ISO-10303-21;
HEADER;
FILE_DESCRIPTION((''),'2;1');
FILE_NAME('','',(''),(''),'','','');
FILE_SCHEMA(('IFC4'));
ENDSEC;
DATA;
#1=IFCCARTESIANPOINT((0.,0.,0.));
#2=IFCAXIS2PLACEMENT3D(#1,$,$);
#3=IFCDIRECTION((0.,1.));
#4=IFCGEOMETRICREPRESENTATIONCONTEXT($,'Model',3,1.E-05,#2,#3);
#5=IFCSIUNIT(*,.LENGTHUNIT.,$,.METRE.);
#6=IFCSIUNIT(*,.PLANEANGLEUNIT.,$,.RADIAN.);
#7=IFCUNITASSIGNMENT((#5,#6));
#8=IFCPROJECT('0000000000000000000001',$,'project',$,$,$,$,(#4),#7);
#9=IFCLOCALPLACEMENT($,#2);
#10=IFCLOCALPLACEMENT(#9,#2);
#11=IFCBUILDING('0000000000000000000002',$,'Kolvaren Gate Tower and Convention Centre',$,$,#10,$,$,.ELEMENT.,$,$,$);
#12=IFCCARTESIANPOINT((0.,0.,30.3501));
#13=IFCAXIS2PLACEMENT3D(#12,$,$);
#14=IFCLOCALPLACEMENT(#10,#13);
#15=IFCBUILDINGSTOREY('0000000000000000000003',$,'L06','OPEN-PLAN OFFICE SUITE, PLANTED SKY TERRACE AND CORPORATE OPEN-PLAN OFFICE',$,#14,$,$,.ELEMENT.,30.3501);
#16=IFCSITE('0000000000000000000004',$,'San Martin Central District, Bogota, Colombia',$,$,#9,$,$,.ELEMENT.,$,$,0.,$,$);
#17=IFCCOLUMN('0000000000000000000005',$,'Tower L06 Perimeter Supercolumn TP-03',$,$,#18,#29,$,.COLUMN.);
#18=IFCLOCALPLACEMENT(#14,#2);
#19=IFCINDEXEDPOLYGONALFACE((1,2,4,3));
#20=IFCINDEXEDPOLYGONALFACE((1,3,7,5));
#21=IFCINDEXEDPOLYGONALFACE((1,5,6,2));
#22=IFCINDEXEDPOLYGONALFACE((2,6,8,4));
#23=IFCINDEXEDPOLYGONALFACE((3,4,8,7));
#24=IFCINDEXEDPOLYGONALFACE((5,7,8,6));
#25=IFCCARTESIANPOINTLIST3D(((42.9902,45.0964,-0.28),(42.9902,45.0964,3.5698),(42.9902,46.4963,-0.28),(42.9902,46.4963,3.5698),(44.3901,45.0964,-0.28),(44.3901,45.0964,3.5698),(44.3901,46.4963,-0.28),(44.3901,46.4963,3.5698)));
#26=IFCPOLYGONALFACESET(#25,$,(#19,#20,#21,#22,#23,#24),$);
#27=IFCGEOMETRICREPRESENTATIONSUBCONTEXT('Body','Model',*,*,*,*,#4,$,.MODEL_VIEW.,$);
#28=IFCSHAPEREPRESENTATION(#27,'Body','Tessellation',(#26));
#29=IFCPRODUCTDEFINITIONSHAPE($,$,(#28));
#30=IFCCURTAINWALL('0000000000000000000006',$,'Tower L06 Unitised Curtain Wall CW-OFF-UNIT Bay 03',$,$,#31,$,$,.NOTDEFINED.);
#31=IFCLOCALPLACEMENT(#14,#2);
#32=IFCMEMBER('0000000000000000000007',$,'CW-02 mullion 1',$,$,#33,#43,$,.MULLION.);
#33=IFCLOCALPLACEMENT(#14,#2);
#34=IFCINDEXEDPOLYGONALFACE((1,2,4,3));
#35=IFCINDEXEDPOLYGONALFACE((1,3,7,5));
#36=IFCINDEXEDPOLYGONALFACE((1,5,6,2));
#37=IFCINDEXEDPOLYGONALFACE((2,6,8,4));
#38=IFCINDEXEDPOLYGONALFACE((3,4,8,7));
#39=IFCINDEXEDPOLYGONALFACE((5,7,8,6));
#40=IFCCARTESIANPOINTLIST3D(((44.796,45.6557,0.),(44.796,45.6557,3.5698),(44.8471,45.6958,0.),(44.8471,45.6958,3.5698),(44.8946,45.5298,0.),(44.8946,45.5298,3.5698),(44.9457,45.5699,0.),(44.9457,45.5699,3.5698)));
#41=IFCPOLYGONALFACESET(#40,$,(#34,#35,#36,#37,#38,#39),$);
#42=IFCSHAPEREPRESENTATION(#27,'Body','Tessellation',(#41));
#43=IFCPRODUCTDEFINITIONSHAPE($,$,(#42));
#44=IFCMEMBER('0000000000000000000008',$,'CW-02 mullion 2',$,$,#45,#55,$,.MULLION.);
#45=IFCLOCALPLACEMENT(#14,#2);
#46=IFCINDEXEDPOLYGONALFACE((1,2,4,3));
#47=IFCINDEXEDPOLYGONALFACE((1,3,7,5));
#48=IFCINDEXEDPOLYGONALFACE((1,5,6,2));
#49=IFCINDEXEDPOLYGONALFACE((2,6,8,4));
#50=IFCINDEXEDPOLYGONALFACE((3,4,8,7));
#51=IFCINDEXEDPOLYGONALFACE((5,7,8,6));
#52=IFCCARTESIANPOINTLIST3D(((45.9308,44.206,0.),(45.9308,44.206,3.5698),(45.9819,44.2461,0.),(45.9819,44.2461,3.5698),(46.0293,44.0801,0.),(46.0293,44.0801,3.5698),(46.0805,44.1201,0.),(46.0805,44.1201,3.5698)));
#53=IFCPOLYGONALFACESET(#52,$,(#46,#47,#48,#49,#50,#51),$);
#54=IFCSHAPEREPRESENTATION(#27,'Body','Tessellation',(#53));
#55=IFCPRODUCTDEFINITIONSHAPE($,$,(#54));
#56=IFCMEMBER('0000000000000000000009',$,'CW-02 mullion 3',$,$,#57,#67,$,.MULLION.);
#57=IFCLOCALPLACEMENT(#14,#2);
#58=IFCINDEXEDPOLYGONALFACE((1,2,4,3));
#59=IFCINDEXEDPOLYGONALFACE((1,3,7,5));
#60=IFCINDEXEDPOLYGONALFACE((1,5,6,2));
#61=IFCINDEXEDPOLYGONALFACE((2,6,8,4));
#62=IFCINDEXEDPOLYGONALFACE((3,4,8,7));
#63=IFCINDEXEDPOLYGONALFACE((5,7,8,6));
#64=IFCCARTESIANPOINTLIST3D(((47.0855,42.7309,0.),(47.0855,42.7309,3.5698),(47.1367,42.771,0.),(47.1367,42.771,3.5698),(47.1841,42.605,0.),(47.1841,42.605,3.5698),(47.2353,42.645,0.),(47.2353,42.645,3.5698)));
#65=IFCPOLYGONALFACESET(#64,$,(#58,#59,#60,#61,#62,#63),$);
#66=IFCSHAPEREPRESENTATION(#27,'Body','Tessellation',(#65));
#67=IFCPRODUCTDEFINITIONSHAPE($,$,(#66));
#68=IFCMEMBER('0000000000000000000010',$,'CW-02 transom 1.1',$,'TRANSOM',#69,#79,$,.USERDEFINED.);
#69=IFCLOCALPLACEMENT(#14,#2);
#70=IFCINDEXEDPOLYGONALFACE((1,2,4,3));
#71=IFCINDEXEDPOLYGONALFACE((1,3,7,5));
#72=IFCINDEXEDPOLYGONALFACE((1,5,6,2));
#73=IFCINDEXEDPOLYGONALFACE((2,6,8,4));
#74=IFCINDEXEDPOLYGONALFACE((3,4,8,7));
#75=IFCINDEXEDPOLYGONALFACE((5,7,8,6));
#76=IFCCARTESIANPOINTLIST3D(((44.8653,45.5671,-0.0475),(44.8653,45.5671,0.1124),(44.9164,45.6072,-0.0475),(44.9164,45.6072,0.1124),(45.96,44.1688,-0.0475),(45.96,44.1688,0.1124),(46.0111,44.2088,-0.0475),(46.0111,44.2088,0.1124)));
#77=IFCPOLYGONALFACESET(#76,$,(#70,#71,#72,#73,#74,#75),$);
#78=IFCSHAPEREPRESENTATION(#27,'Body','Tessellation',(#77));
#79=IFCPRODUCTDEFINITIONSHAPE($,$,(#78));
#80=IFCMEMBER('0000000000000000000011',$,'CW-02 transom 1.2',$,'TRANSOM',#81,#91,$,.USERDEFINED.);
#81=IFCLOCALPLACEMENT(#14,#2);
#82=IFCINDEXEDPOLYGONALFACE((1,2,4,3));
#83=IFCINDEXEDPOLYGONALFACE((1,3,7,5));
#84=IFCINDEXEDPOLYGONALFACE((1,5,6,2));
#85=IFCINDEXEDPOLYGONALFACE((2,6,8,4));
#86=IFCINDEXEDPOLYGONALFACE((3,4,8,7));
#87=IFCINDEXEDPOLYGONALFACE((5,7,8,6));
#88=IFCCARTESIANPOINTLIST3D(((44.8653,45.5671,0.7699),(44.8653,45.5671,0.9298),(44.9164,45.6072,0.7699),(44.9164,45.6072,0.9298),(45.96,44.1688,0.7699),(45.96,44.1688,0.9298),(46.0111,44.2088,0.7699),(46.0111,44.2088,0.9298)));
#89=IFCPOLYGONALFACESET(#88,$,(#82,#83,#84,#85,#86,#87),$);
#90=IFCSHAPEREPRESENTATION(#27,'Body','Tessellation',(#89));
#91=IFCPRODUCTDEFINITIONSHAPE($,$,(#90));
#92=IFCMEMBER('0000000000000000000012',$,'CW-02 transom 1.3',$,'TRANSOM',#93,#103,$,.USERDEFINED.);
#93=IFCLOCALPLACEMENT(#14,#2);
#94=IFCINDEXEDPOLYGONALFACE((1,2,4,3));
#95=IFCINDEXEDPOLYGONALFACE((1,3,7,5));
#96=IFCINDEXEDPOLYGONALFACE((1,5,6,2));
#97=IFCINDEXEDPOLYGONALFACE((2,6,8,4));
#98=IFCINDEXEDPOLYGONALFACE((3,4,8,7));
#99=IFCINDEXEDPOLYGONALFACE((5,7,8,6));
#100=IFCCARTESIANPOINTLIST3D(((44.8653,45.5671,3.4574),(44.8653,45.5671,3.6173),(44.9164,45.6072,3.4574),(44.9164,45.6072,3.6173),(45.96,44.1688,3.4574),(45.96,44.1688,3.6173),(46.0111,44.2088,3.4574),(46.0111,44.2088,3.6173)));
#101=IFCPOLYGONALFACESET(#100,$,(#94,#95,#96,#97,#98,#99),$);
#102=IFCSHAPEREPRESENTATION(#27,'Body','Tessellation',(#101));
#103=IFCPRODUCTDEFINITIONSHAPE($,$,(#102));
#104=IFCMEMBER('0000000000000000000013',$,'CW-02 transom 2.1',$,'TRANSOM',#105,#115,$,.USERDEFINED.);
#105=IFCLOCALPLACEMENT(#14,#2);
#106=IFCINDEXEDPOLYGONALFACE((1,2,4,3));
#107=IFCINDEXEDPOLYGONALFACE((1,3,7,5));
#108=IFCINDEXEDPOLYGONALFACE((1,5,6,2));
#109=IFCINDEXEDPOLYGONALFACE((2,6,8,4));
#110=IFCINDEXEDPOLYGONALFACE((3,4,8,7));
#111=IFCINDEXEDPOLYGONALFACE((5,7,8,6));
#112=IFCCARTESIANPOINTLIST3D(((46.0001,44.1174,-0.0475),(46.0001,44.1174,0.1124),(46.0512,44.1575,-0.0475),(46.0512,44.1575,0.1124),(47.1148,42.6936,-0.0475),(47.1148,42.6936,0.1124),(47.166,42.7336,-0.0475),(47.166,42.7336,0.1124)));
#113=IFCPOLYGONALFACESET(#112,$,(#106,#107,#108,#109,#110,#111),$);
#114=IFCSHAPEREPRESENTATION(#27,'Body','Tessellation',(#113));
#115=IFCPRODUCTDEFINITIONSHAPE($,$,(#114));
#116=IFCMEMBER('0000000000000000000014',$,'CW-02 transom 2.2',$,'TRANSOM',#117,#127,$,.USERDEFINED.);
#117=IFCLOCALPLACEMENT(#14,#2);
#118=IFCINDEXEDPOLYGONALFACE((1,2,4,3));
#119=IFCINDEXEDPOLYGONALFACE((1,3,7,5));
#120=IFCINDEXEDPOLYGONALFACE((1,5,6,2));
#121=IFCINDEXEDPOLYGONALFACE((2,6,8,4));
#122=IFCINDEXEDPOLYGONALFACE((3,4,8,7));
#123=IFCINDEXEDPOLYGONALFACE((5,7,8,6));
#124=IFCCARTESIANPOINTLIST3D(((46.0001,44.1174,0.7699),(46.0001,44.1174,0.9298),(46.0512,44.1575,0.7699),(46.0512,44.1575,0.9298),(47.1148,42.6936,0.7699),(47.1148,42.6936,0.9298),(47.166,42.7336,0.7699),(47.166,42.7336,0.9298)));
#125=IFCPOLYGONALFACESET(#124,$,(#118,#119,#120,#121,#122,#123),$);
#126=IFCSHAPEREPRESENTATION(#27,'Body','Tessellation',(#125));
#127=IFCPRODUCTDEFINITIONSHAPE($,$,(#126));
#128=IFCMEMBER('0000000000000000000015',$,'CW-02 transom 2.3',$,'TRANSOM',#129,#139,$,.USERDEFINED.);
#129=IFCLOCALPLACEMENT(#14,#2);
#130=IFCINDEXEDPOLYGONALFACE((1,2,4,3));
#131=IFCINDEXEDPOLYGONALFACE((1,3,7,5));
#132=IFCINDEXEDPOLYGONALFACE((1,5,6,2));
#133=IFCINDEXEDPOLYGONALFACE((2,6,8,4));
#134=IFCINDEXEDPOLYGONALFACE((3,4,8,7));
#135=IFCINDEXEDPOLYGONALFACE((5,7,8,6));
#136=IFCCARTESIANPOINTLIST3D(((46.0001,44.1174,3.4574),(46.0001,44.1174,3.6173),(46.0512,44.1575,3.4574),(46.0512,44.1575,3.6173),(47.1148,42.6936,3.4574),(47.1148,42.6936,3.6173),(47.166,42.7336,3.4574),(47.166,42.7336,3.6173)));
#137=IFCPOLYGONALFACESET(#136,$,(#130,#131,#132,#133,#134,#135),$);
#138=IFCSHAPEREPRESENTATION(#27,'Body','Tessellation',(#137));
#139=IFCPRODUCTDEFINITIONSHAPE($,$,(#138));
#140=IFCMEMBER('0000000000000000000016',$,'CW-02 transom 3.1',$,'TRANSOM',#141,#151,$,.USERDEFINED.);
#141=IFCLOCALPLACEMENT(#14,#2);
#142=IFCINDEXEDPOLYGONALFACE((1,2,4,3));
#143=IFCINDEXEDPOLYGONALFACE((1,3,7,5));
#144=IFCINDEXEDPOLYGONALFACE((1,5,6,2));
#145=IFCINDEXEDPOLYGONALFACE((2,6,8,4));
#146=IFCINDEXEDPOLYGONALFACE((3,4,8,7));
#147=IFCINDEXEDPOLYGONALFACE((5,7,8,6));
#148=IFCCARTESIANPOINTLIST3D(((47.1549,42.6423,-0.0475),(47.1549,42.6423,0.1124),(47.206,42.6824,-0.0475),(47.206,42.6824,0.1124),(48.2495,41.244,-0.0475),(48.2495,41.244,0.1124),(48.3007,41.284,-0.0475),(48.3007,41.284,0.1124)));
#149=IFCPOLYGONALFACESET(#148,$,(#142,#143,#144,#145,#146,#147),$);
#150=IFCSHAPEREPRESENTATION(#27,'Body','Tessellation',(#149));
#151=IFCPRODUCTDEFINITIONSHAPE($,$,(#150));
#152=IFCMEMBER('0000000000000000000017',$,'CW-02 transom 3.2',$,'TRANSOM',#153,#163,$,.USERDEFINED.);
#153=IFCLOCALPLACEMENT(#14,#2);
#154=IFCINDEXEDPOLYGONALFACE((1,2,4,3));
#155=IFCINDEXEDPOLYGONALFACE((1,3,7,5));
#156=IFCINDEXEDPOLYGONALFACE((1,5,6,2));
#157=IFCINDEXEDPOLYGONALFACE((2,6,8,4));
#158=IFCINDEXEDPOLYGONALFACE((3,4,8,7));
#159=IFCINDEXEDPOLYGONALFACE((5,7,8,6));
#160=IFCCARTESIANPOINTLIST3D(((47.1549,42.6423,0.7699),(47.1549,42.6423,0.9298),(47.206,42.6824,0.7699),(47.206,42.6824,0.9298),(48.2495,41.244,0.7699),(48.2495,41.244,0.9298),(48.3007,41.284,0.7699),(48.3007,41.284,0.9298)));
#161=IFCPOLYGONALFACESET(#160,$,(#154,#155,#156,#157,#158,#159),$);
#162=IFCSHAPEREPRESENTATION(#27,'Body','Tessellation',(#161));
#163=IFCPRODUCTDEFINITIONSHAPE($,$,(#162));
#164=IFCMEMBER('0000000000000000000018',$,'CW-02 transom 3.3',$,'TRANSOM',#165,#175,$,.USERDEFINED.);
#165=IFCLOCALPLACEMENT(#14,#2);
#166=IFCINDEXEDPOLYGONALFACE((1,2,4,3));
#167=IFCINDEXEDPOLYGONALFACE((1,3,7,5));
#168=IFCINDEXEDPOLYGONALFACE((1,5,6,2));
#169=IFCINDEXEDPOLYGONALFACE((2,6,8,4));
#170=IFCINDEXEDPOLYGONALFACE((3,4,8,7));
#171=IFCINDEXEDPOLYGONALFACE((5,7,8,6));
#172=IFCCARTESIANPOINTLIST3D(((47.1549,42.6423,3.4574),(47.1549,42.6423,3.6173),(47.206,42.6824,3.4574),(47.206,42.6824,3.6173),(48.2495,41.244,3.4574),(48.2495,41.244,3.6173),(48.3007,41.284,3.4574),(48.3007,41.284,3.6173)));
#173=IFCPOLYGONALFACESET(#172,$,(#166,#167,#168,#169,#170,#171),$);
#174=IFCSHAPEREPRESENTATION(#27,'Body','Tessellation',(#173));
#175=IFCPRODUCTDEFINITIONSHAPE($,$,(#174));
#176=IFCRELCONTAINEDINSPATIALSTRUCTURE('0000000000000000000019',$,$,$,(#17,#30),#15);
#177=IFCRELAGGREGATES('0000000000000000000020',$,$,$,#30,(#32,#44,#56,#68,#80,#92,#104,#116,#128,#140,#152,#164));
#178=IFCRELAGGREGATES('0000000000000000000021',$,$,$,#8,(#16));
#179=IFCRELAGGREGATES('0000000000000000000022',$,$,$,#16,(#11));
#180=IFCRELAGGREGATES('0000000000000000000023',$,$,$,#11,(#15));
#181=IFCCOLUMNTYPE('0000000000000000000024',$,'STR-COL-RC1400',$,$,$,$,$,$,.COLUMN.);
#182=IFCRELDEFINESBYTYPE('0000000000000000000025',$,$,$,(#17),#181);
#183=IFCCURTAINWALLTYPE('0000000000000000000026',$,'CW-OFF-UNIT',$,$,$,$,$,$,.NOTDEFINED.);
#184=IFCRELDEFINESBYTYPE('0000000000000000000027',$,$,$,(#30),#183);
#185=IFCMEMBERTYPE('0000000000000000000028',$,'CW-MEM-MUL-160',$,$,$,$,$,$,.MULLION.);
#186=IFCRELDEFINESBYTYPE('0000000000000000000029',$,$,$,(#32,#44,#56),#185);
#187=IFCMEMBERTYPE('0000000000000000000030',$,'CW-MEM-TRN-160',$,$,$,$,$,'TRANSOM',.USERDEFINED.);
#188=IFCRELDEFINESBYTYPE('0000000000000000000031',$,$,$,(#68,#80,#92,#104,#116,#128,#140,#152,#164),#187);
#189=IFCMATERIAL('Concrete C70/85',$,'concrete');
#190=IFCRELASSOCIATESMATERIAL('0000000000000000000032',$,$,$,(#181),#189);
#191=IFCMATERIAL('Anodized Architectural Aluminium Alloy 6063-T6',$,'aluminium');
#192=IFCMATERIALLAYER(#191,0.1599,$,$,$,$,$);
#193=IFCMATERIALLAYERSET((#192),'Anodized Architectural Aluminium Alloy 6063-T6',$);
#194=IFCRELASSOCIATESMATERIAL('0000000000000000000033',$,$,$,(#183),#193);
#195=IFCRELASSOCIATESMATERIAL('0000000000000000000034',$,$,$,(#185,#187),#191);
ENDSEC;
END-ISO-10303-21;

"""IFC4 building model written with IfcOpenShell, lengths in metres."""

from ifc_helpers import new_model, si_unit, direction, frame, origin, origin_2d, place, context, subcontext, project, spatial, rectangle, extrude, material, layer, layer_set, material_profile, profile_set, type_object, element, aggregate, save


model = new_model("IFC4")

# Units and contexts
model_context = context("Model", 3, precision=1e-05, world=origin(), true_north=direction((0.0, 1.0)))
body_context = subcontext(model_context, "Body", "Model", "MODEL_VIEW")
ifc_project = project(units=[si_unit("LENGTHUNIT", "METRE"), si_unit("PLANEANGLEUNIT", "RADIAN")], contexts=[model_context])

# Site, building, storey
site_placement = place(None, origin())
site = spatial("IfcSite", under=ifc_project, at=site_placement, Name="San Martin Central District, Bogota, Colombia", CompositionType="ELEMENT", RefElevation=0.0)
building_placement = place(site_placement, origin())
building = spatial("IfcBuilding", under=site, at=building_placement, Name="Kolvaren Gate Tower and Convention Centre", CompositionType="ELEMENT")
storey_placement = place(building_placement, frame((0.0, 0.0, 30.3501)))
storey = spatial("IfcBuildingStorey", under=building, at=storey_placement, Name="L06", Description="OPEN-PLAN OFFICE SUITE, PLANTED SKY TERRACE AND CORPORATE OPEN-PLAN OFFICE", CompositionType="ELEMENT", Elevation=30.3501)

# Column
ifc_material_1 = material(Name="Concrete C70/85", Category="concrete")
ifc_material_profile_1 = material_profile(ifc_material_1, rectangle(XDim=1.3999, YDim=1.3999, at=origin_2d()), Name="RC-COL-1400X1400")
ifc_profile_set_1 = profile_set([ifc_material_profile_1], Name="Concrete C70/85")
column_type = type_object("IfcColumnType", Name="STR-COL-RC1400", PredefinedType="COLUMN", material=ifc_profile_set_1)
column_placement = place(storey_placement, frame((43.6902, 45.7964, -0.28), z_axis=(0.0, 0.0, 1.0), x_axis=(1.0, 0.0, 0.0)))
element("IfcColumn", 1, at=column_placement, inside=storey, type_object=column_type, Name="Tower L06 Perimeter Supercolumn TP-03", PredefinedType="COLUMN", context=body_context, shape_type="SweptSolid", body=[
    extrude(rectangle(XDim=1.3999, YDim=1.3999, at=origin_2d()), origin(), (0.0, 0.0, 1.0), 3.8499),
])

# Curtain wall, members
ifc_material_2 = material(Name="Anodized Architectural Aluminium Alloy 6063-T6", Category="aluminium")
ifc_layer_1 = layer(ifc_material_2, 0.1599)
ifc_layer_set_1 = layer_set([ifc_layer_1], Name="Anodized Architectural Aluminium Alloy 6063-T6")
curtain_wall_type = type_object("IfcCurtainWallType", Name="CW-OFF-UNIT", PredefinedType="NOTDEFINED", material=ifc_layer_set_1)
curtain_wall_placement = place(storey_placement, origin())
curtain_wall = element("IfcCurtainWall", 2, at=curtain_wall_placement, inside=storey, type_object=curtain_wall_type, Name="Tower L06 Unitised Curtain Wall CW-OFF-UNIT Bay 03", PredefinedType="NOTDEFINED")
ifc_material_profile_2 = material_profile(ifc_material_2, rectangle(XDim=0.0649, YDim=0.1599, at=origin_2d()), Name="CW-MEM-MUL-160")
ifc_profile_set_2 = profile_set([ifc_material_profile_2], Name="Anodized Architectural Aluminium Alloy 6063-T6")
member_type_1 = type_object("IfcMemberType", Name="CW-MEM-MUL-160", PredefinedType="MULLION", material=ifc_profile_set_2)
member_1_placement = place(storey_placement, frame((44.8708, 45.6128, 0.0), z_axis=(0.0, 0.0, 1.0), x_axis=(0.787413, 0.616426, 0.0)))
member_1 = element("IfcMember", 3, at=member_1_placement, type_object=member_type_1, Name="CW-02 mullion 1", PredefinedType="MULLION", context=body_context, shape_type="SweptSolid", body=[
    extrude(rectangle(XDim=0.0649, YDim=0.1599, at=origin_2d()), origin(), (0.0, 0.0, 1.0), 3.5698),
])
member_2_placement = place(storey_placement, frame((46.0056, 44.1631, 0.0), z_axis=(0.0, 0.0, 1.0), x_axis=(0.787413, 0.616426, 0.0)))
member_2 = element("IfcMember", 4, at=member_2_placement, type_object=member_type_1, Name="CW-02 mullion 2", PredefinedType="MULLION", context=body_context, shape_type="SweptSolid", body=[
    extrude(rectangle(XDim=0.0649, YDim=0.1599, at=origin_2d()), origin(), (0.0, 0.0, 1.0), 3.5698),
])
member_3_placement = place(storey_placement, frame((47.1604, 42.688, 0.0), z_axis=(0.0, 0.0, 1.0), x_axis=(0.787413, 0.616426, 0.0)))
member_3 = element("IfcMember", 5, at=member_3_placement, type_object=member_type_1, Name="CW-02 mullion 3", PredefinedType="MULLION", context=body_context, shape_type="SweptSolid", body=[
    extrude(rectangle(XDim=0.0649, YDim=0.1599, at=origin_2d()), origin(), (0.0, 0.0, 1.0), 3.5698),
])
ifc_material_profile_3 = material_profile(ifc_material_2, rectangle(XDim=0.0649, YDim=0.1599, at=origin_2d()), Name="CW-MEM-TRN-160")
ifc_profile_set_3 = profile_set([ifc_material_profile_3], Name="Anodized Architectural Aluminium Alloy 6063-T6")
member_type_2 = type_object("IfcMemberType", Name="CW-MEM-TRN-160", ElementType="TRANSOM", PredefinedType="USERDEFINED", material=ifc_profile_set_3)
member_4_placement = place(storey_placement, frame((44.8909, 45.5872, 0.0325), z_axis=(0.616412, -0.787424, 0.0), x_axis=(0.787424, 0.616412, 0.0)))
member_4 = element("IfcMember", 6, at=member_4_placement, type_object=member_type_2, Name="CW-02 transom 1.1", ObjectType="TRANSOM", PredefinedType="USERDEFINED", context=body_context, shape_type="SweptSolid", body=[
    extrude(rectangle(XDim=0.0649, YDim=0.1599, at=origin_2d()), origin(), (0.0, 0.0, 1.0), 1.7759),
])
member_5_placement = place(storey_placement, frame((44.8909, 45.5872, 0.8499), z_axis=(0.616412, -0.787424, 0.0), x_axis=(0.787424, 0.616412, 0.0)))
member_5 = element("IfcMember", 7, at=member_5_placement, type_object=member_type_2, Name="CW-02 transom 1.2", ObjectType="TRANSOM", PredefinedType="USERDEFINED", context=body_context, shape_type="SweptSolid", body=[
    extrude(rectangle(XDim=0.0649, YDim=0.1599, at=origin_2d()), origin(), (0.0, 0.0, 1.0), 1.7759),
])
member_6_placement = place(storey_placement, frame((44.8909, 45.5872, 3.5374), z_axis=(0.616412, -0.787424, 0.0), x_axis=(0.787424, 0.616412, 0.0)))
member_6 = element("IfcMember", 8, at=member_6_placement, type_object=member_type_2, Name="CW-02 transom 1.3", ObjectType="TRANSOM", PredefinedType="USERDEFINED", context=body_context, shape_type="SweptSolid", body=[
    extrude(rectangle(XDim=0.0649, YDim=0.1599, at=origin_2d()), origin(), (0.0, 0.0, 1.0), 1.7759),
])
member_7_placement = place(storey_placement, frame((46.0256, 44.1375, 0.0325), z_axis=(0.616461, -0.787385, 0.0), x_axis=(0.787385, 0.616461, 0.0)))
member_7 = element("IfcMember", 9, at=member_7_placement, type_object=member_type_2, Name="CW-02 transom 2.1", ObjectType="TRANSOM", PredefinedType="USERDEFINED", context=body_context, shape_type="SweptSolid", body=[
    extrude(rectangle(XDim=0.0649, YDim=0.1599, at=origin_2d()), origin(), (0.0, 0.0, 1.0), 1.8083),
])
member_8_placement = place(storey_placement, frame((46.0256, 44.1375, 0.8499), z_axis=(0.616461, -0.787385, 0.0), x_axis=(0.787385, 0.616461, 0.0)))
member_8 = element("IfcMember", 10, at=member_8_placement, type_object=member_type_2, Name="CW-02 transom 2.2", ObjectType="TRANSOM", PredefinedType="USERDEFINED", context=body_context, shape_type="SweptSolid", body=[
    extrude(rectangle(XDim=0.0649, YDim=0.1599, at=origin_2d()), origin(), (0.0, 0.0, 1.0), 1.8083),
])
member_9_placement = place(storey_placement, frame((46.0256, 44.1375, 3.5374), z_axis=(0.616461, -0.787385, 0.0), x_axis=(0.787385, 0.616461, 0.0)))
member_9 = element("IfcMember", 11, at=member_9_placement, type_object=member_type_2, Name="CW-02 transom 2.3", ObjectType="TRANSOM", PredefinedType="USERDEFINED", context=body_context, shape_type="SweptSolid", body=[
    extrude(rectangle(XDim=0.0649, YDim=0.1599, at=origin_2d()), origin(), (0.0, 0.0, 1.0), 1.8083),
])
member_10_placement = place(storey_placement, frame((47.1804, 42.6624, 0.0325), z_axis=(0.616412, -0.787424, 0.0), x_axis=(0.787424, 0.616412, 0.0)))
member_10 = element("IfcMember", 12, at=member_10_placement, type_object=member_type_2, Name="CW-02 transom 3.1", ObjectType="TRANSOM", PredefinedType="USERDEFINED", context=body_context, shape_type="SweptSolid", body=[
    extrude(rectangle(XDim=0.0649, YDim=0.1599, at=origin_2d()), origin(), (0.0, 0.0, 1.0), 1.7759),
])
member_11_placement = place(storey_placement, frame((47.1804, 42.6624, 0.8499), z_axis=(0.616412, -0.787424, 0.0), x_axis=(0.787424, 0.616412, 0.0)))
member_11 = element("IfcMember", 13, at=member_11_placement, type_object=member_type_2, Name="CW-02 transom 3.2", ObjectType="TRANSOM", PredefinedType="USERDEFINED", context=body_context, shape_type="SweptSolid", body=[
    extrude(rectangle(XDim=0.0649, YDim=0.1599, at=origin_2d()), origin(), (0.0, 0.0, 1.0), 1.7759),
])
member_12_placement = place(storey_placement, frame((47.1804, 42.6624, 3.5374), z_axis=(0.616412, -0.787424, 0.0), x_axis=(0.787424, 0.616412, 0.0)))
member_12 = element("IfcMember", 14, at=member_12_placement, type_object=member_type_2, Name="CW-02 transom 3.3", ObjectType="TRANSOM", PredefinedType="USERDEFINED", context=body_context, shape_type="SweptSolid", body=[
    extrude(rectangle(XDim=0.0649, YDim=0.1599, at=origin_2d()), origin(), (0.0, 0.0, 1.0), 1.7759),
])

aggregate(curtain_wall, [member_1, member_2, member_3, member_4, member_5, member_6, member_7, member_8, member_9, member_10, member_11, member_12])

save(model, "model.ifc")
